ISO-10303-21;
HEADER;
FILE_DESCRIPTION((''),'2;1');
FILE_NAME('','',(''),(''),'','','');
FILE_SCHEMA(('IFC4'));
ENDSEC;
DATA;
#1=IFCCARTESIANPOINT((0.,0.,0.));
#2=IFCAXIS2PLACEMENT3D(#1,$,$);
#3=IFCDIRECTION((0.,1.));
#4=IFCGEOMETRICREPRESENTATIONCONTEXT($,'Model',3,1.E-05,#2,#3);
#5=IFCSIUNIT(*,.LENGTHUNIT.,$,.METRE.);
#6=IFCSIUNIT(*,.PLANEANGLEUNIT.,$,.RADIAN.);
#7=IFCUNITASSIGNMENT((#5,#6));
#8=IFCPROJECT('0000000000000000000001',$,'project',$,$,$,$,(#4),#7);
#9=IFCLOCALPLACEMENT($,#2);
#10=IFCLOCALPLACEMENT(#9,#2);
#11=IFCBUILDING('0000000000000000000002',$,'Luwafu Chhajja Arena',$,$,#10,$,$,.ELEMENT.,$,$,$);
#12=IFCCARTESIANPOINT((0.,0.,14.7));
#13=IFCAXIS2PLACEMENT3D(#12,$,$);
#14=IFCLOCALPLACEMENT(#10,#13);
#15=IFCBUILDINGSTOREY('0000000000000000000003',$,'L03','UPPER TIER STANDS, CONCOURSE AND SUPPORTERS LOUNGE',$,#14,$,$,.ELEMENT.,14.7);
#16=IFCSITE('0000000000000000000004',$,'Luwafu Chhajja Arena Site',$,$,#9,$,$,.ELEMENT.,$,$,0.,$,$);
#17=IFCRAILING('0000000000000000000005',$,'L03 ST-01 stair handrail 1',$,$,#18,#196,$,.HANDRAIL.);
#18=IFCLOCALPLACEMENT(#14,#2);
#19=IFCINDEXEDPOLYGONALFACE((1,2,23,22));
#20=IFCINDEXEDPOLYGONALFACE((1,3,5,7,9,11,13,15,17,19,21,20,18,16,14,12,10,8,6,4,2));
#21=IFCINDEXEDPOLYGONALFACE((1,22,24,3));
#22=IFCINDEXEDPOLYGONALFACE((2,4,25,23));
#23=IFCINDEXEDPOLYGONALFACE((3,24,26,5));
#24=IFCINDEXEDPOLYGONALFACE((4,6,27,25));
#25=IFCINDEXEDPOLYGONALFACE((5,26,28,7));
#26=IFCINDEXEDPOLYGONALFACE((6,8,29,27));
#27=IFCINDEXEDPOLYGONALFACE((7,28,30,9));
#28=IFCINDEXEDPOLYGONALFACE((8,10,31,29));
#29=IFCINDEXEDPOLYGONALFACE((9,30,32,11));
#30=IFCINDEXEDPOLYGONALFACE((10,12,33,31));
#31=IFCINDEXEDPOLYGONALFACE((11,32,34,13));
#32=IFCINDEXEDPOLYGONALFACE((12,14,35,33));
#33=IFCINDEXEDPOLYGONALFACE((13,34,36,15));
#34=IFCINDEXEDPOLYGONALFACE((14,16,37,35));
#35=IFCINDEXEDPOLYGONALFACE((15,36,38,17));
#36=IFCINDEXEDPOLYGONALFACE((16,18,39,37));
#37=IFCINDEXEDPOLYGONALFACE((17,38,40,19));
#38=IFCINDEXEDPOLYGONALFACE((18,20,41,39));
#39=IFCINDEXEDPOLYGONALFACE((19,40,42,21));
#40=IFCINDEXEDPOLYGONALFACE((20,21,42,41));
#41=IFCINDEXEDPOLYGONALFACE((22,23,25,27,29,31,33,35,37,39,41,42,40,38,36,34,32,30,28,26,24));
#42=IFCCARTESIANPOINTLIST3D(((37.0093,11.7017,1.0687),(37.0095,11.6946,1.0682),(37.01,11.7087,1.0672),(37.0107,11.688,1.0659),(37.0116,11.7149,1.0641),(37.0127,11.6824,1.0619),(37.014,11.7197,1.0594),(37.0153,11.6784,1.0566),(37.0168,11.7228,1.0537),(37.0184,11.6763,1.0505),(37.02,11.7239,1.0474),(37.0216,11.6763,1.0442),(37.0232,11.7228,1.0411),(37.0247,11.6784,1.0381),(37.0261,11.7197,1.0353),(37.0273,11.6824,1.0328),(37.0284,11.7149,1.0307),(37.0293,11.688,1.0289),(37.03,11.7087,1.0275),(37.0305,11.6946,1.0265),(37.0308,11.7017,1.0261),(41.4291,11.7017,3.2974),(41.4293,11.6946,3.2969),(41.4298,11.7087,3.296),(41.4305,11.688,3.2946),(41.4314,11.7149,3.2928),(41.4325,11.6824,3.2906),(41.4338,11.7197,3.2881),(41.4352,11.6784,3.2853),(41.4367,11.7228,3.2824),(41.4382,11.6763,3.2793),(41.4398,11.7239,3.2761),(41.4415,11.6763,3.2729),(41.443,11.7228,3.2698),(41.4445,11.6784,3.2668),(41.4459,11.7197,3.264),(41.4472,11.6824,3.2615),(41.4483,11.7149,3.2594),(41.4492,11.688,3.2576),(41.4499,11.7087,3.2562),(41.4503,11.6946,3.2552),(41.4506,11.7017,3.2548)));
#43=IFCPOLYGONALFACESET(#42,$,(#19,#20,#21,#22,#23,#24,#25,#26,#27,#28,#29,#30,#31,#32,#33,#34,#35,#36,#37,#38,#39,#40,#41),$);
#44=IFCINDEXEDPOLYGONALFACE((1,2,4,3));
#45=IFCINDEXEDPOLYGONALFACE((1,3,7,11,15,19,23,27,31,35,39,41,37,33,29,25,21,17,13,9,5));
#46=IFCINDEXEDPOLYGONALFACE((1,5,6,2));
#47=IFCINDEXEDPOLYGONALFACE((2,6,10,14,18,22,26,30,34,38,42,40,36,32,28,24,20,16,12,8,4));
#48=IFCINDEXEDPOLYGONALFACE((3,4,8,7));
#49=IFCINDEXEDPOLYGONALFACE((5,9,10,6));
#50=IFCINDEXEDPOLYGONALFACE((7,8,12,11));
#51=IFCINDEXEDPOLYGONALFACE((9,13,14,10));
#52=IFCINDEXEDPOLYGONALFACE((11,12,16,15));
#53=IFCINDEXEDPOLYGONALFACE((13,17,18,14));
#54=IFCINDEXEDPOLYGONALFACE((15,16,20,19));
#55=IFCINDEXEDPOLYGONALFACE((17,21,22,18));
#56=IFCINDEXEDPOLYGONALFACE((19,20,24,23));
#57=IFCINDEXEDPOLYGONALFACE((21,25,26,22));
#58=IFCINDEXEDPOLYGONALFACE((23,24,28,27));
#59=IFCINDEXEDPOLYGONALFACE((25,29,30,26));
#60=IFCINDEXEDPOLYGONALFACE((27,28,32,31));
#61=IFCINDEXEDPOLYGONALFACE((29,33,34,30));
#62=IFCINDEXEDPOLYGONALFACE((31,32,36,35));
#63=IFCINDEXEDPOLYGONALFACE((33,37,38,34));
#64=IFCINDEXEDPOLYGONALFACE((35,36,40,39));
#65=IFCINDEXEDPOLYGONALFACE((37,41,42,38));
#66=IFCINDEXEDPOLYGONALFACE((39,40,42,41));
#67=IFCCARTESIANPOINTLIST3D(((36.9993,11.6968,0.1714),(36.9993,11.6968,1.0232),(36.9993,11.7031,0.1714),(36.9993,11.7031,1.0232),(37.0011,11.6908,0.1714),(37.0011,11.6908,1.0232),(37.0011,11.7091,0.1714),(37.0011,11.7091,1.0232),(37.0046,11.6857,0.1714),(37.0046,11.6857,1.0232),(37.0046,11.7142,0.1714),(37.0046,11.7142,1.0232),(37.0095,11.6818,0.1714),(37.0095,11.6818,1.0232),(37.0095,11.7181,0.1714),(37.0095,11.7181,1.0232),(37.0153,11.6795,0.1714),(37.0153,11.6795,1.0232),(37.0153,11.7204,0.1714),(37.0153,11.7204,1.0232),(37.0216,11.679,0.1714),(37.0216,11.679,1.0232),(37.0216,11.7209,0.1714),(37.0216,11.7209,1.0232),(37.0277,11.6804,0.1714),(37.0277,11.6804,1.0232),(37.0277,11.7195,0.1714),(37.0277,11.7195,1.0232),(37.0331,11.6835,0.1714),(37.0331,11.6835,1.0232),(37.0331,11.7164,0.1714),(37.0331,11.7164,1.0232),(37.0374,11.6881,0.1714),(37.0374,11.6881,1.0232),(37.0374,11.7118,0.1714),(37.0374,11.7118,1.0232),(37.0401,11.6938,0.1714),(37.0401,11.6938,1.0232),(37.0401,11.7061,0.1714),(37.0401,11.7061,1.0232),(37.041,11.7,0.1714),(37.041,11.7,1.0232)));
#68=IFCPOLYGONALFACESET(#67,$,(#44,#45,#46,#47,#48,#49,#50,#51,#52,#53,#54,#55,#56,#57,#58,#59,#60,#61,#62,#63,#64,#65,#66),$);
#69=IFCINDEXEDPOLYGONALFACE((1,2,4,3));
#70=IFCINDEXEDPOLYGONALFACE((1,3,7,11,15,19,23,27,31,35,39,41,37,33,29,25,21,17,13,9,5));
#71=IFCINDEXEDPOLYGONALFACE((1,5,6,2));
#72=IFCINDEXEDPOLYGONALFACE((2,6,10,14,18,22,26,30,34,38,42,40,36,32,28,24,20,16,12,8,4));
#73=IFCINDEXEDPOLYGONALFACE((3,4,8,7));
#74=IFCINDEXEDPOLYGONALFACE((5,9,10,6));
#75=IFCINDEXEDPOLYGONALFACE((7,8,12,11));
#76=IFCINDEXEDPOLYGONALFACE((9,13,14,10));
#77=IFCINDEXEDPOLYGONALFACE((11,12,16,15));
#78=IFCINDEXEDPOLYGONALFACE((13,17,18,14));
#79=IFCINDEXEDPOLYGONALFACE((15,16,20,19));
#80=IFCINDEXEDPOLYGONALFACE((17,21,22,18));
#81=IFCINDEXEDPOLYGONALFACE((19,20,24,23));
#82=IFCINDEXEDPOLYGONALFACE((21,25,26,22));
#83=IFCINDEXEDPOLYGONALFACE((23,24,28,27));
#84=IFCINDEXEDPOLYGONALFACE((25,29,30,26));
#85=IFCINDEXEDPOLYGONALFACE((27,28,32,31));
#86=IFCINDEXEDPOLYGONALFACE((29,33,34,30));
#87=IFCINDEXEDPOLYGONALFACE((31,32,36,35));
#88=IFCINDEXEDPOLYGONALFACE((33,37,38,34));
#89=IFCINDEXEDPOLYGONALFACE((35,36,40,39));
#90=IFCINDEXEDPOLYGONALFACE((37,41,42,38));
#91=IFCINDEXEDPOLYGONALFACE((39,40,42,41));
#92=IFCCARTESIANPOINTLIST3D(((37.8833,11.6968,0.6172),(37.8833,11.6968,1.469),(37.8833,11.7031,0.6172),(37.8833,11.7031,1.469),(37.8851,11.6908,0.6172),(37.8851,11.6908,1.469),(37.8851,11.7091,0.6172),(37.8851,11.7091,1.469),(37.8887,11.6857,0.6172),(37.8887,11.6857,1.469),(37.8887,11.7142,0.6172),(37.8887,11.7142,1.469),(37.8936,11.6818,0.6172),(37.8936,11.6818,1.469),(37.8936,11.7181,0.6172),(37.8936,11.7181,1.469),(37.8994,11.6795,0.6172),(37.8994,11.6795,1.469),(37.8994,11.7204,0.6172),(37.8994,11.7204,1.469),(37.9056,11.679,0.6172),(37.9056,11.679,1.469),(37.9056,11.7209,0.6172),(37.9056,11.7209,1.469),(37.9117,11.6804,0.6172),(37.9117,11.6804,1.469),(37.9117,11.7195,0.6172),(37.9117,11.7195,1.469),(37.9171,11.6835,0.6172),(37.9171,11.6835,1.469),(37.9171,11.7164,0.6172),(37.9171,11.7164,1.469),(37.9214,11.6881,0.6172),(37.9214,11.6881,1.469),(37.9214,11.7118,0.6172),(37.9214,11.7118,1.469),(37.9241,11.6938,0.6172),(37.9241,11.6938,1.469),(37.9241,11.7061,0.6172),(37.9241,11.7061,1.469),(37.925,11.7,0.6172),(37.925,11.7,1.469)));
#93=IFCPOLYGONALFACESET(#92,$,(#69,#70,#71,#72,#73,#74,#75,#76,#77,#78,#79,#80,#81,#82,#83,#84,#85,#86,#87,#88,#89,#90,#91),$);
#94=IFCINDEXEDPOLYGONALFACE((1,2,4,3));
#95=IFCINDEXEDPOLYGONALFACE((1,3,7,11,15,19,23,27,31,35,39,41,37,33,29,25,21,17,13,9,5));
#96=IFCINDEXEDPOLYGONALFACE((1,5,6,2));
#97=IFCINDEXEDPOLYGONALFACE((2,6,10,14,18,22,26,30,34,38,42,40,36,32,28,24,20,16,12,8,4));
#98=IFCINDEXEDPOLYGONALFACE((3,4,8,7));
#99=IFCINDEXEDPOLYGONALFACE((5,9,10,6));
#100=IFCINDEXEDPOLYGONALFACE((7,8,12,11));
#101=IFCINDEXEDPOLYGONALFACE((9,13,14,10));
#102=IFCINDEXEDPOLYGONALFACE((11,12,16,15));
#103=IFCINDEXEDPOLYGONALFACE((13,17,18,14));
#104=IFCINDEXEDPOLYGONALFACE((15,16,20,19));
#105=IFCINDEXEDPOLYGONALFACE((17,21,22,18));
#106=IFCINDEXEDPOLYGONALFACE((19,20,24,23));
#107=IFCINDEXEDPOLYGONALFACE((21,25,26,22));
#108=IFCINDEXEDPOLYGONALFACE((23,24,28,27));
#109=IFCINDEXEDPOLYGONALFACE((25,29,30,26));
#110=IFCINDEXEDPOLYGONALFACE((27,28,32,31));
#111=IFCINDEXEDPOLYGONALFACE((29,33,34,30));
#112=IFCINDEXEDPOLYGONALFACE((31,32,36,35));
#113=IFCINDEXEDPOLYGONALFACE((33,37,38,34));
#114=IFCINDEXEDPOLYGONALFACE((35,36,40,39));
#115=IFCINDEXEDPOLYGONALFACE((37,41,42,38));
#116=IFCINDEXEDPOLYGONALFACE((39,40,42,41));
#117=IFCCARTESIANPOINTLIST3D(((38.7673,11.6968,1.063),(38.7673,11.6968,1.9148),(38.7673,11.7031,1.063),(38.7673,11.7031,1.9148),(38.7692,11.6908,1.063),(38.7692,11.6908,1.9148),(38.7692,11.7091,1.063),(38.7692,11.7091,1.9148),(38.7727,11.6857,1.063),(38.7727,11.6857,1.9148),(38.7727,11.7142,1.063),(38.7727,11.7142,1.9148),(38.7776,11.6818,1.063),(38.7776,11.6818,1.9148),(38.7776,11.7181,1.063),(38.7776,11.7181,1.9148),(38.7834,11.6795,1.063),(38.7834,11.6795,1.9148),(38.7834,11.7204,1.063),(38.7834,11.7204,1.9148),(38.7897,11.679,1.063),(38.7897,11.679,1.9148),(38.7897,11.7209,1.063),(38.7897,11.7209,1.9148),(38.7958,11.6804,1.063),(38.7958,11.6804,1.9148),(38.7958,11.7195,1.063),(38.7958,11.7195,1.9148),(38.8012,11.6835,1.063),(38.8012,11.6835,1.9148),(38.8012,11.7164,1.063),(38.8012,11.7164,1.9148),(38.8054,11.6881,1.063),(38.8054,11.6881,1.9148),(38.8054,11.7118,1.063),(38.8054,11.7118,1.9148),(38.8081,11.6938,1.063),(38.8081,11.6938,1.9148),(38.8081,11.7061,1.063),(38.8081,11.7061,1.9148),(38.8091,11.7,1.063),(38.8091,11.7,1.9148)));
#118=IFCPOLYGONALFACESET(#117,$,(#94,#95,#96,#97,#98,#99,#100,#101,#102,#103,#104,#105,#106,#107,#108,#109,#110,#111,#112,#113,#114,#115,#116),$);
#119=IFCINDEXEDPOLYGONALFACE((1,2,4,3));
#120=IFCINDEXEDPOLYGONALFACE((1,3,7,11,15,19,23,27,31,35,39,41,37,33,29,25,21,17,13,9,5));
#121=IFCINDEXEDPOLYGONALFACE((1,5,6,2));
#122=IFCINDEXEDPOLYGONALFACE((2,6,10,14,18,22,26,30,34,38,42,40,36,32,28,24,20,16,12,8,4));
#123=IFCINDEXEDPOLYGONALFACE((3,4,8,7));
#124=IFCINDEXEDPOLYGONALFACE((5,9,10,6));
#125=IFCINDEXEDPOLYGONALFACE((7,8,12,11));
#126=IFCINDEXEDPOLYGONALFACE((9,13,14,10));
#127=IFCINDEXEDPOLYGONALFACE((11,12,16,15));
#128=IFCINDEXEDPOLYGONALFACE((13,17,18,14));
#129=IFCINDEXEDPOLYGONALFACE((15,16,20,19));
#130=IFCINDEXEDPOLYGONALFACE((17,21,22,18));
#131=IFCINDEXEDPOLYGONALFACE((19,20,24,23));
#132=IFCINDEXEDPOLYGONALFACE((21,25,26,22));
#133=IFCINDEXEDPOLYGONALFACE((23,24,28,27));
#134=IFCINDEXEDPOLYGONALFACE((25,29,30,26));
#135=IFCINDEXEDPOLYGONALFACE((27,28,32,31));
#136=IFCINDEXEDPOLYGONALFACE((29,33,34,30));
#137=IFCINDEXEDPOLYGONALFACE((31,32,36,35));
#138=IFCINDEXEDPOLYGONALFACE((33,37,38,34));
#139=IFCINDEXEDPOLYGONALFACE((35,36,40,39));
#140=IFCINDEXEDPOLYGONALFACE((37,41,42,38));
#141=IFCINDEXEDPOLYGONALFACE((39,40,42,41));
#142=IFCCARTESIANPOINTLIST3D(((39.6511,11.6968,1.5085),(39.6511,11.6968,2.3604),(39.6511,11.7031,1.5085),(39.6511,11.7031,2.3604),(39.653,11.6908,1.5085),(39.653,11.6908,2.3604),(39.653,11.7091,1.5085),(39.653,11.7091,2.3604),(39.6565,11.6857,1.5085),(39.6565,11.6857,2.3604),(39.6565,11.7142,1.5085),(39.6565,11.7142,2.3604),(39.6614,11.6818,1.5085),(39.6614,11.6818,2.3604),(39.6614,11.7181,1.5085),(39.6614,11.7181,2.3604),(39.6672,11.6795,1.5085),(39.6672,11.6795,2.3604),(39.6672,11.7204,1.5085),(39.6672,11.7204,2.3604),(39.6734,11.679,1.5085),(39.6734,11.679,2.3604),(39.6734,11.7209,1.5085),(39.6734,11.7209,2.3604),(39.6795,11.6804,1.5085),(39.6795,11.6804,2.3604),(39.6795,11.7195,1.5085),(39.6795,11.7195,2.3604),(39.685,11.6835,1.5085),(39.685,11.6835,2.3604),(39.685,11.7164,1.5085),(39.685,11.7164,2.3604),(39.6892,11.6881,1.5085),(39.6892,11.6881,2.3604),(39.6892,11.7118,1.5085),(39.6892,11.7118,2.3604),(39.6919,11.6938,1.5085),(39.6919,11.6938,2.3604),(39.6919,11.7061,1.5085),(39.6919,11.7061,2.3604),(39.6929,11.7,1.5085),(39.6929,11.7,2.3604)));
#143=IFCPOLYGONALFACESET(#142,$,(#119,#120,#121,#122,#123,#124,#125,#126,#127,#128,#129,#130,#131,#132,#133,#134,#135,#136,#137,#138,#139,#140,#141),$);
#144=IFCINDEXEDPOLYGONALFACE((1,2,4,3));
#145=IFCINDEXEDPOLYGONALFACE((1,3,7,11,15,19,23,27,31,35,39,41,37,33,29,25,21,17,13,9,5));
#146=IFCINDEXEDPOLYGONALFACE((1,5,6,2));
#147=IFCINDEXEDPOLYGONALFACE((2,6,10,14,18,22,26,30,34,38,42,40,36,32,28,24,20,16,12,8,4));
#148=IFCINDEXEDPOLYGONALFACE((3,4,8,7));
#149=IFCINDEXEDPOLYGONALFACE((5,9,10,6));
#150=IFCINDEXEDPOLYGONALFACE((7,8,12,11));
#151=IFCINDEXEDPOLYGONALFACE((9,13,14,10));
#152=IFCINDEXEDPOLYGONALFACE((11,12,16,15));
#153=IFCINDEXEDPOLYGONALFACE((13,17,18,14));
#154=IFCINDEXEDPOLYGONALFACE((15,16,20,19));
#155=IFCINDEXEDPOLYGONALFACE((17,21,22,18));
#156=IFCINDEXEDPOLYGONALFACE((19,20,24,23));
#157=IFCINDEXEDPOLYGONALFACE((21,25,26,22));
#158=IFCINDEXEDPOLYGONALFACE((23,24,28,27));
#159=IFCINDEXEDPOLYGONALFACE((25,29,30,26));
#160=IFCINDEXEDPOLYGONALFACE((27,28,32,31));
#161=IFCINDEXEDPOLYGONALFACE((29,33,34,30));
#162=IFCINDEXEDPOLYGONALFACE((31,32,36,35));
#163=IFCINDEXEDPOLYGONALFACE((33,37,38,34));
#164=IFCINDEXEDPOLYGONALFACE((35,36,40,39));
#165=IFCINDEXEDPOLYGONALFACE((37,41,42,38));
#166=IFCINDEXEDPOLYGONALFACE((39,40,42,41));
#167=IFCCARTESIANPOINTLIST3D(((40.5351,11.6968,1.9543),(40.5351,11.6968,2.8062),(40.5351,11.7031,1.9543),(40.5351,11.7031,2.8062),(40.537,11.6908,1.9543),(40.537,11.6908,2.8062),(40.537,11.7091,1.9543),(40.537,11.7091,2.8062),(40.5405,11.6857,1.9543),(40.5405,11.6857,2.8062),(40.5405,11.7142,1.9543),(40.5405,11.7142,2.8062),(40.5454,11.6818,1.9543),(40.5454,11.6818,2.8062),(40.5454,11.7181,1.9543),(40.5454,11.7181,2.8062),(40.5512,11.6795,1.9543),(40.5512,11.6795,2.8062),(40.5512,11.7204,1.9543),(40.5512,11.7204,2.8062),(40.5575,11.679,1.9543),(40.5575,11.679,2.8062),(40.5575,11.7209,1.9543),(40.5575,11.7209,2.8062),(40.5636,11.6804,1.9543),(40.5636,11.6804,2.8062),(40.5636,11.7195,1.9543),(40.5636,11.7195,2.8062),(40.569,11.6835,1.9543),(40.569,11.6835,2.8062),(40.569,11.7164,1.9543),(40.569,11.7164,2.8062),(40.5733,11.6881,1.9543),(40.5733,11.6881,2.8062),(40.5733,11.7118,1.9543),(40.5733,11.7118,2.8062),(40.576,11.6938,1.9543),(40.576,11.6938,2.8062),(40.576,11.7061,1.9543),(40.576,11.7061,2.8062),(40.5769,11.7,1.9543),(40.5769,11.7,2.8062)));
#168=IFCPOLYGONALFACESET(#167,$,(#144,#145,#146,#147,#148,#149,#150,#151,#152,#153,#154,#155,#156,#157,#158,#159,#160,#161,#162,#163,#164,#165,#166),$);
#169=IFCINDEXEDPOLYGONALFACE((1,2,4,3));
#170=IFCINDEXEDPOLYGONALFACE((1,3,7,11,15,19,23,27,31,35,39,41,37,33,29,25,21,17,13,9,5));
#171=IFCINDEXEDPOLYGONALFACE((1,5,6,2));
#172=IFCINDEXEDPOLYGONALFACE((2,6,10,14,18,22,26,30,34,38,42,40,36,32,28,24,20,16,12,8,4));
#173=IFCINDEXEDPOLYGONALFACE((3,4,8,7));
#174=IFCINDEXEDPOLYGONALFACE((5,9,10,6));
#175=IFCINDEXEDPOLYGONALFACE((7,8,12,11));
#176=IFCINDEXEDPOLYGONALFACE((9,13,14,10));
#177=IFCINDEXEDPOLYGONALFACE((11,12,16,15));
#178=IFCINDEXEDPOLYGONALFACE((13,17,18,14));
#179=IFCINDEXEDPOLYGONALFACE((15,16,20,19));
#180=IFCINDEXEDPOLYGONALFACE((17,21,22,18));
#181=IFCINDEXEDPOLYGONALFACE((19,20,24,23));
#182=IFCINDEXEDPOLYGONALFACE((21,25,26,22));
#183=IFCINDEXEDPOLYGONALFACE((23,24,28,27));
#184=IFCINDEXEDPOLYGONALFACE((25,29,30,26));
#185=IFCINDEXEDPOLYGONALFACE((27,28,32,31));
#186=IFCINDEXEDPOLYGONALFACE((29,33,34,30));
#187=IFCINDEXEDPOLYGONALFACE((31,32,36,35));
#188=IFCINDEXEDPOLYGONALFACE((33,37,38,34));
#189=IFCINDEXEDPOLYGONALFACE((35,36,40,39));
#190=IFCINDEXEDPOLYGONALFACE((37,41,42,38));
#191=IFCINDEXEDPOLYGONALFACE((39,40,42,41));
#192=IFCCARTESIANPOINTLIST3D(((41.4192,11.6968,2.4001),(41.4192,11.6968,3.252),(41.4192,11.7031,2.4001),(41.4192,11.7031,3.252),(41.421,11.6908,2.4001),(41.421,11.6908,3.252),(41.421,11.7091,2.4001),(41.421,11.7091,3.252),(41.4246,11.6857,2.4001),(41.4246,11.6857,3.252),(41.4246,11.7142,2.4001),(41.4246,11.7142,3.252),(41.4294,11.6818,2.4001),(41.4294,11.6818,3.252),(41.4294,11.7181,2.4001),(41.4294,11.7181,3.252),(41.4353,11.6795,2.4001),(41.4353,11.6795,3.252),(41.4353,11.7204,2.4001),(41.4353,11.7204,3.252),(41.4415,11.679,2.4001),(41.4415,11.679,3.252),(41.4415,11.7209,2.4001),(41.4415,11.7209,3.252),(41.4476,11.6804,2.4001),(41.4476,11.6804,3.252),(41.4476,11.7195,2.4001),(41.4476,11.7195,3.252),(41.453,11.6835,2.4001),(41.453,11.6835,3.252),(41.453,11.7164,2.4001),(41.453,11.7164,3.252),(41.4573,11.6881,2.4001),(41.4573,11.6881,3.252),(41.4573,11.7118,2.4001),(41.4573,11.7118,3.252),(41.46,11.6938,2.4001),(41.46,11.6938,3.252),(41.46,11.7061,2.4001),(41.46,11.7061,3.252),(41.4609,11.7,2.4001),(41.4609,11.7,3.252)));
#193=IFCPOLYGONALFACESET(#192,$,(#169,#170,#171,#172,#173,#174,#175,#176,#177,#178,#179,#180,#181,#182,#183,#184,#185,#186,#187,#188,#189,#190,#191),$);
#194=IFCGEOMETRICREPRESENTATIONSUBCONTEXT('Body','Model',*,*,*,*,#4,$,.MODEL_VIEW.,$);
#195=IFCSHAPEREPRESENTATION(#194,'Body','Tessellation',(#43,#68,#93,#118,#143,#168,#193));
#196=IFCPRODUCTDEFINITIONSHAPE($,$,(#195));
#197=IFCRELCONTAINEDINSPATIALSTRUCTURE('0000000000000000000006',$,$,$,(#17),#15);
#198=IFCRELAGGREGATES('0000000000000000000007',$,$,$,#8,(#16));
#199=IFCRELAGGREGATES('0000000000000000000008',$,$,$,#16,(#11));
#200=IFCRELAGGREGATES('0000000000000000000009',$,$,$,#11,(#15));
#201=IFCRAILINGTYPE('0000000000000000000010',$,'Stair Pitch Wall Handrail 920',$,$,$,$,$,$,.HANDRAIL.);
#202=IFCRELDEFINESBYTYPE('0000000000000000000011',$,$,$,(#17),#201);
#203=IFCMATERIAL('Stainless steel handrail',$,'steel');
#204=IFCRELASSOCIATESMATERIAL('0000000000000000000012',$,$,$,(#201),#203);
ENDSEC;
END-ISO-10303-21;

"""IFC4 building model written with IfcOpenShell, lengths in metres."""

from ifc_helpers import new_model, si_unit, direction, frame, origin, origin_2d, place, context, subcontext, project, spatial, circle, extrude, material, type_object, element, save


model = new_model("IFC4")

# Units and contexts
model_context = context("Model", 3, precision=1e-05, world=origin(), true_north=direction((0.0, 1.0)))
body_context = subcontext(model_context, "Body", "Model", "MODEL_VIEW")
ifc_project = project(units=[si_unit("LENGTHUNIT", "METRE"), si_unit("PLANEANGLEUNIT", "RADIAN")], contexts=[model_context])

# Site, building, storey
site_placement = place(None, origin())
site = spatial("IfcSite", under=ifc_project, at=site_placement, Name="Luwafu Chhajja Arena Site", CompositionType="ELEMENT", RefElevation=0.0)
building_placement = place(site_placement, origin())
building = spatial("IfcBuilding", under=site, at=building_placement, Name="Luwafu Chhajja Arena", CompositionType="ELEMENT")
storey_placement = place(building_placement, frame((0.0, 0.0, 14.7)))
storey = spatial("IfcBuildingStorey", under=building, at=storey_placement, Name="L03", Description="UPPER TIER STANDS, CONCOURSE AND SUPPORTERS LOUNGE", CompositionType="ELEMENT", Elevation=14.7)

# Railing
ifc_material_1 = material(Name="Stainless steel handrail", Category="steel")
railing_type_1 = type_object("IfcRailingType", Name="Stair Pitch Wall Handrail 920", PredefinedType="HANDRAIL", material=ifc_material_1)
railing_1_placement = place(storey_placement, frame((37.02, 11.7, 0.1714)))
element("IfcRailing", 1, at=railing_1_placement, inside=storey, type_object=railing_type_1, Name="L03 ST-01 stair handrail 1", PredefinedType="HANDRAIL", context=body_context, shape_type="SweptSolid", body=[
    extrude(circle(Radius=0.0239, at=origin_2d()), frame((0.0, 0.0, 0.876), z_axis=(0.892903, 0.0, 0.450249), x_axis=(0.0, 1.0, 0.0)), (0.0, 0.0, 1.0), 4.95),
    extrude(circle(Radius=0.021, at=origin_2d()), origin(), (0.0, 0.0, 1.0), 0.8518),
    extrude(circle(Radius=0.021, at=origin_2d()), frame((0.884, 0.0, 0.4458)), (0.0, 0.0, 1.0), 0.8518),
    extrude(circle(Radius=0.021, at=origin_2d()), frame((1.7681, 0.0, 0.8916)), (0.0, 0.0, 1.0), 0.8518),
    extrude(circle(Radius=0.021, at=origin_2d()), frame((2.6519, 0.0, 1.3372)), (0.0, 0.0, 1.0), 0.8518),
    extrude(circle(Radius=0.021, at=origin_2d()), frame((3.5359, 0.0, 1.783)), (0.0, 0.0, 1.0), 0.8518),
    extrude(circle(Radius=0.021, at=origin_2d()), frame((4.4199, 0.0, 2.2288)), (0.0, 0.0, 1.0), 0.8518),
])

save(model, "model.ifc")
